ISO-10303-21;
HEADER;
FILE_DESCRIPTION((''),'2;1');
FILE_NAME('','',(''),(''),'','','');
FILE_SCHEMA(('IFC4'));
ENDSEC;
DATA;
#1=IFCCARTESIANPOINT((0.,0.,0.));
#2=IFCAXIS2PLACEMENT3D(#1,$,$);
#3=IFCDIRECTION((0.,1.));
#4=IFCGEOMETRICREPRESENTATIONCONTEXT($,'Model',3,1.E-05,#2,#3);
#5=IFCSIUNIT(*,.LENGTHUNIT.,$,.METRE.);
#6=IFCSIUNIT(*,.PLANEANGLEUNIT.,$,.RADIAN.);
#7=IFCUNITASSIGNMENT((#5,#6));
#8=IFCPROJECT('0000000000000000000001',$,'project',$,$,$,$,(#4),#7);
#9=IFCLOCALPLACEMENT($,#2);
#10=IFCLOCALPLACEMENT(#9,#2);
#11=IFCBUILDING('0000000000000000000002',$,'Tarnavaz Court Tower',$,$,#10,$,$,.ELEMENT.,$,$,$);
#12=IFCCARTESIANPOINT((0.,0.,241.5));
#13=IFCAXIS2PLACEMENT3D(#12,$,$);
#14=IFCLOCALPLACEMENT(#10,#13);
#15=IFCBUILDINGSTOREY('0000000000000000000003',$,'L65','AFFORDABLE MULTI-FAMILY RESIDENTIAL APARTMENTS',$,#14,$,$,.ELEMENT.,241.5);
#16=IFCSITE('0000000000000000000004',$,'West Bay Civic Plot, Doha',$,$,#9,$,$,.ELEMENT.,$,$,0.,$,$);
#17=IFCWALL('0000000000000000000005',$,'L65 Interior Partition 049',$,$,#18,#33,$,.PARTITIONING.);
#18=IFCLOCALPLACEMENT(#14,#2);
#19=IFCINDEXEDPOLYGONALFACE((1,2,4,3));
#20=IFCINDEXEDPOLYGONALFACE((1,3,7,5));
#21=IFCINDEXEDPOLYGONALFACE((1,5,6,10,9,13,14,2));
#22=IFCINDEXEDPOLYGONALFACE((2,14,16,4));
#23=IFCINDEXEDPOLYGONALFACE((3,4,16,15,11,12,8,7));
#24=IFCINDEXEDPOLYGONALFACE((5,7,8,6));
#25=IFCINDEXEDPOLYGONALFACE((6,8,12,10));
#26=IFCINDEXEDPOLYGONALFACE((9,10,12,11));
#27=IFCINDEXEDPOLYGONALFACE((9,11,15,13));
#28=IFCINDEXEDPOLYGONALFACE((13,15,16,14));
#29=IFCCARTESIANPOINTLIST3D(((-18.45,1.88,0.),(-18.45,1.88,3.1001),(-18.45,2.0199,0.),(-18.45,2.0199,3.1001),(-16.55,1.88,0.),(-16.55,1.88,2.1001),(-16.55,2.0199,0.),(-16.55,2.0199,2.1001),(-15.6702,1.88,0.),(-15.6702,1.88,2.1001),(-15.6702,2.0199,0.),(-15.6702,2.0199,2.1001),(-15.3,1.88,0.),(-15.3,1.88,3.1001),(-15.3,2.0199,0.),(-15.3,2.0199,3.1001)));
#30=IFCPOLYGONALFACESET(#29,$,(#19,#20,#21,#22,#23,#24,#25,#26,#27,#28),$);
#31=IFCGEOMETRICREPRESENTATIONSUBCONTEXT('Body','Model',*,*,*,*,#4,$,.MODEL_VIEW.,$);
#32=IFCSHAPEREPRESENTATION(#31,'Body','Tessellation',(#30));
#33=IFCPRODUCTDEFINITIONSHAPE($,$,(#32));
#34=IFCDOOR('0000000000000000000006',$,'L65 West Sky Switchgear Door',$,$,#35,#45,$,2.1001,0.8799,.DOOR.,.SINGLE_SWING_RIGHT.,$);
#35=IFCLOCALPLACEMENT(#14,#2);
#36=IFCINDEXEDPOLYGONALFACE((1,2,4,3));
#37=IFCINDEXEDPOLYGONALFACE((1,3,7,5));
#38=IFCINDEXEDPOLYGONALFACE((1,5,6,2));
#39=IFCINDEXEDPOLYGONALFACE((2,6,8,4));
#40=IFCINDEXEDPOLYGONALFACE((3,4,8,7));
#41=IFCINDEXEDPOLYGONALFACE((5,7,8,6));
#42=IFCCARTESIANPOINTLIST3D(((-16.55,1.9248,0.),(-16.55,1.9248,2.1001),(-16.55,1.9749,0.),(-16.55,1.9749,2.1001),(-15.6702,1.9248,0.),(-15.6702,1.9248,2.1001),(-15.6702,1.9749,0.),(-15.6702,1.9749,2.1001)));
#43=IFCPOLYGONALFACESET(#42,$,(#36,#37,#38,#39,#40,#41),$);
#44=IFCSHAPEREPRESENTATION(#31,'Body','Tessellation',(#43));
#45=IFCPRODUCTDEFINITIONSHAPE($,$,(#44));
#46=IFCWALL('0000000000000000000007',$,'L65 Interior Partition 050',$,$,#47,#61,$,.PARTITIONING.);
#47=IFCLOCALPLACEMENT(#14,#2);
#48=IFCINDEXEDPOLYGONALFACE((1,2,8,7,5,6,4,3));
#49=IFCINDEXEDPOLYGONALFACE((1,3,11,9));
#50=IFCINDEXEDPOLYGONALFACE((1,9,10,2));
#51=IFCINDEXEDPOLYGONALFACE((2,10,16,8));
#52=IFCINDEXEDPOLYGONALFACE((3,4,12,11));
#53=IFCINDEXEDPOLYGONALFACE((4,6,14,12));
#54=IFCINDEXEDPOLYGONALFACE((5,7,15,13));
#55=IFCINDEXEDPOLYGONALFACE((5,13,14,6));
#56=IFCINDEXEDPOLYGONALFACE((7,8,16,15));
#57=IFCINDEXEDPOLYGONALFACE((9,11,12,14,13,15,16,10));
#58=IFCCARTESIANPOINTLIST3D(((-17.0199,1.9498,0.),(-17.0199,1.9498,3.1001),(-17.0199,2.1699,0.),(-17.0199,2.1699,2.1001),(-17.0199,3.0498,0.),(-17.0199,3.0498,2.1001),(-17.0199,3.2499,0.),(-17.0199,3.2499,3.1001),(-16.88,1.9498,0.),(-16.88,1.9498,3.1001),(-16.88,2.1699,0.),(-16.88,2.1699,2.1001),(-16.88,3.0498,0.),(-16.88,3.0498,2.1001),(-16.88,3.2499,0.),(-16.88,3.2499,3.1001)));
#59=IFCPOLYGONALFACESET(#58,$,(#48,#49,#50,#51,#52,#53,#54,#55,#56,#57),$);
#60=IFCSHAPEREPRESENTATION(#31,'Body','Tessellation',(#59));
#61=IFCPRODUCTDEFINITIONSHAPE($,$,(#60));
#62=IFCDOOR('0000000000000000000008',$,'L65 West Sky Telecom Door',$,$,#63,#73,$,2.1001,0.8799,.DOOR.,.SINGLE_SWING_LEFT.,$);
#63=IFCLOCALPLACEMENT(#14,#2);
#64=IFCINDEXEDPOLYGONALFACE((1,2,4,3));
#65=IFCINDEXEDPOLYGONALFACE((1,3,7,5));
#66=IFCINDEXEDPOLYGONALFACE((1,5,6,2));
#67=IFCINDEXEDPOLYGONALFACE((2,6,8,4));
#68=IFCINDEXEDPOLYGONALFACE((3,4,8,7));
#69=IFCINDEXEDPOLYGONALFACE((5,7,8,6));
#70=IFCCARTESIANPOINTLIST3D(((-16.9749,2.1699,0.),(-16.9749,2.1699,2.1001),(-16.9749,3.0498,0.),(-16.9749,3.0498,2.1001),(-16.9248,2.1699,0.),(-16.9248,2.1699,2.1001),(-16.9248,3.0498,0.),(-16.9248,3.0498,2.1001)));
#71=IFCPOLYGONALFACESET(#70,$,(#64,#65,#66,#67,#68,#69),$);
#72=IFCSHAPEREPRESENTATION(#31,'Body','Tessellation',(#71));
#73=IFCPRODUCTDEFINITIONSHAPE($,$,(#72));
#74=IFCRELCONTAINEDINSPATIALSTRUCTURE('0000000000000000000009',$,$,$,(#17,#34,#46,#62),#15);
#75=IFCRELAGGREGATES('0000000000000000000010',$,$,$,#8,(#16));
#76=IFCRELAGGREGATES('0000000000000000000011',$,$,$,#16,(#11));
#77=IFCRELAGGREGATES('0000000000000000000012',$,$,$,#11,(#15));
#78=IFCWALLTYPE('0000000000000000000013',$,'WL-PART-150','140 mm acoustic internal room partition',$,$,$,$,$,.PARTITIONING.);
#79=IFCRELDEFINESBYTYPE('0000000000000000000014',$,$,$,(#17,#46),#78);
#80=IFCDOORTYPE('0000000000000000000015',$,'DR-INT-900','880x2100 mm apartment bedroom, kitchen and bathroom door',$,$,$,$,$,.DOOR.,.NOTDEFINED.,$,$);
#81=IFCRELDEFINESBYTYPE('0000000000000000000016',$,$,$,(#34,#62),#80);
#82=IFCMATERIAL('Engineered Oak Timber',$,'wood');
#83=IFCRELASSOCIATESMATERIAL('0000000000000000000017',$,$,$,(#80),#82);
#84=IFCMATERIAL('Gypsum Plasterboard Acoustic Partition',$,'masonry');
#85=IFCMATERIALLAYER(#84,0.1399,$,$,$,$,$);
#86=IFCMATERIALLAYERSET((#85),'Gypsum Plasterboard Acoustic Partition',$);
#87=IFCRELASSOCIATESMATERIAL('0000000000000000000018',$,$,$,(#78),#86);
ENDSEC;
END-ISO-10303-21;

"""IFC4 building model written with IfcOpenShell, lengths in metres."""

from ifc_helpers import new_model, si_unit, direction, frame, frame_2d, origin, place, context, subcontext, project, spatial, rectangle, extrude, material, layer, layer_set, type_object, element, fill, save


model = new_model("IFC4")

# Units and contexts
model_context = context("Model", 3, precision=1e-05, world=origin(), true_north=direction((0.0, 1.0)))
body_context = subcontext(model_context, "Body", "Model", "MODEL_VIEW")
ifc_project = project(units=[si_unit("LENGTHUNIT", "METRE"), si_unit("PLANEANGLEUNIT", "RADIAN")], contexts=[model_context])

# Site, building, storey
site_placement = place(None, origin())
site = spatial("IfcSite", under=ifc_project, at=site_placement, Name="West Bay Civic Plot, Doha", CompositionType="ELEMENT", RefElevation=0.0)
building_placement = place(site_placement, origin())
building = spatial("IfcBuilding", under=site, at=building_placement, Name="Tarnavaz Court Tower", CompositionType="ELEMENT")
storey_placement = place(building_placement, frame((0.0, 0.0, 241.5)))
storey = spatial("IfcBuildingStorey", under=building, at=storey_placement, Name="L65", Description="AFFORDABLE MULTI-FAMILY RESIDENTIAL APARTMENTS", CompositionType="ELEMENT", Elevation=241.5)

# Shared definitions
ifc_material_1 = material(Name="Engineered Oak Timber", Category="wood")

# Shared definitions
door_type_1 = type_object("IfcDoorType", Name="DR-INT-900", Description="880x2100 mm apartment bedroom, kitchen and bathroom door", OperationType="NOTDEFINED", PredefinedType="DOOR", material=ifc_material_1)

# Walls, openings, doors
ifc_material_2 = material(Name="Gypsum Plasterboard Acoustic Partition", Category="masonry")
ifc_layer_1 = layer(ifc_material_2, 0.1399)
ifc_layer_set_1 = layer_set([ifc_layer_1], Name="Gypsum Plasterboard Acoustic Partition")
wall_type_1 = type_object("IfcWallType", Name="WL-PART-150", Description="140 mm acoustic internal room partition", PredefinedType="PARTITIONING", material=ifc_layer_set_1)
wall_1_placement = place(storey_placement, frame((-18.45, 1.95, 0.0), z_axis=(0.0, 0.0, 1.0), x_axis=(1.0, 0.0, 0.0)))
wall_1 = element("IfcWall", 1, at=wall_1_placement, inside=storey, type_object=wall_type_1, Name="L65 Interior Partition 049", PredefinedType="PARTITIONING", context=body_context, shape_type="SweptSolid", body=[
    extrude(rectangle(XDim=3.1499, YDim=0.1399, at=frame_2d((1.575, 0.0))), origin(), (0.0, 0.0, 1.0), 3.1001),
])
opening_1_placement = place(wall_1_placement, frame((1.8999, 0.0, 0.0)))
opening_1 = element("IfcOpeningElement", 2, at=opening_1_placement, cuts=wall_1, PredefinedType="OPENING", context=body_context, shape_type="SweptSolid", body=[
    extrude(rectangle(XDim=0.8799, YDim=2.1001, at=frame_2d((0.4399, 1.05))), frame((0.0, 0.0798, 0.0), z_axis=(0.0, -1.0, 0.0), x_axis=(1.0, 0.0, 0.0)), (0.0, 0.0, 1.0), 0.1599),
])
door_1_placement = place(opening_1_placement, origin())
door_1 = element("IfcDoor", 3, at=door_1_placement, inside=storey, type_object=door_type_1, Name="L65 West Sky Switchgear Door", OperationType="SINGLE_SWING_RIGHT", OverallHeight=2.1001, OverallWidth=0.8799, PredefinedType="DOOR", context=body_context, shape_type="SweptSolid", body=[
    extrude(rectangle(XDim=0.8799, YDim=2.1001, at=frame_2d((0.4399, 1.05))), frame((0.0, 0.0249, 0.0), z_axis=(0.0, -1.0, 0.0), x_axis=(1.0, 0.0, 0.0)), (0.0, 0.0, 1.0), 0.05),
])
fill(opening_1, door_1)
wall_2_placement = place(storey_placement, frame((-16.95, 1.95, 0.0), z_axis=(0.0, 0.0, 1.0), x_axis=(0.0, 1.0, 0.0)))
wall_2 = element("IfcWall", 4, at=wall_2_placement, inside=storey, type_object=wall_type_1, Name="L65 Interior Partition 050", PredefinedType="PARTITIONING", context=body_context, shape_type="SweptSolid", body=[
    extrude(rectangle(XDim=1.3, YDim=0.1399, at=frame_2d((0.6499, 0.0))), origin(), (0.0, 0.0, 1.0), 3.1001),
])
opening_2_placement = place(wall_2_placement, frame((0.22, 0.0, 0.0)))
opening_2 = element("IfcOpeningElement", 5, at=opening_2_placement, cuts=wall_2, PredefinedType="OPENING", context=body_context, shape_type="SweptSolid", body=[
    extrude(rectangle(XDim=0.8799, YDim=2.1001, at=frame_2d((0.4399, 1.05))), frame((0.0, 0.0798, 0.0), z_axis=(0.0, -1.0, 0.0), x_axis=(1.0, 0.0, 0.0)), (0.0, 0.0, 1.0), 0.1599),
])
door_2_placement = place(opening_2_placement, origin())
door_2 = element("IfcDoor", 6, at=door_2_placement, inside=storey, type_object=door_type_1, Name="L65 West Sky Telecom Door", OperationType="SINGLE_SWING_LEFT", OverallHeight=2.1001, OverallWidth=0.8799, PredefinedType="DOOR", context=body_context, shape_type="SweptSolid", body=[
    extrude(rectangle(XDim=0.8799, YDim=2.1001, at=frame_2d((0.4399, 1.05))), frame((0.0, 0.0249, 0.0), z_axis=(0.0, -1.0, 0.0), x_axis=(1.0, 0.0, 0.0)), (0.0, 0.0, 1.0), 0.05),
])
fill(opening_2, door_2)

save(model, "model.ifc")
